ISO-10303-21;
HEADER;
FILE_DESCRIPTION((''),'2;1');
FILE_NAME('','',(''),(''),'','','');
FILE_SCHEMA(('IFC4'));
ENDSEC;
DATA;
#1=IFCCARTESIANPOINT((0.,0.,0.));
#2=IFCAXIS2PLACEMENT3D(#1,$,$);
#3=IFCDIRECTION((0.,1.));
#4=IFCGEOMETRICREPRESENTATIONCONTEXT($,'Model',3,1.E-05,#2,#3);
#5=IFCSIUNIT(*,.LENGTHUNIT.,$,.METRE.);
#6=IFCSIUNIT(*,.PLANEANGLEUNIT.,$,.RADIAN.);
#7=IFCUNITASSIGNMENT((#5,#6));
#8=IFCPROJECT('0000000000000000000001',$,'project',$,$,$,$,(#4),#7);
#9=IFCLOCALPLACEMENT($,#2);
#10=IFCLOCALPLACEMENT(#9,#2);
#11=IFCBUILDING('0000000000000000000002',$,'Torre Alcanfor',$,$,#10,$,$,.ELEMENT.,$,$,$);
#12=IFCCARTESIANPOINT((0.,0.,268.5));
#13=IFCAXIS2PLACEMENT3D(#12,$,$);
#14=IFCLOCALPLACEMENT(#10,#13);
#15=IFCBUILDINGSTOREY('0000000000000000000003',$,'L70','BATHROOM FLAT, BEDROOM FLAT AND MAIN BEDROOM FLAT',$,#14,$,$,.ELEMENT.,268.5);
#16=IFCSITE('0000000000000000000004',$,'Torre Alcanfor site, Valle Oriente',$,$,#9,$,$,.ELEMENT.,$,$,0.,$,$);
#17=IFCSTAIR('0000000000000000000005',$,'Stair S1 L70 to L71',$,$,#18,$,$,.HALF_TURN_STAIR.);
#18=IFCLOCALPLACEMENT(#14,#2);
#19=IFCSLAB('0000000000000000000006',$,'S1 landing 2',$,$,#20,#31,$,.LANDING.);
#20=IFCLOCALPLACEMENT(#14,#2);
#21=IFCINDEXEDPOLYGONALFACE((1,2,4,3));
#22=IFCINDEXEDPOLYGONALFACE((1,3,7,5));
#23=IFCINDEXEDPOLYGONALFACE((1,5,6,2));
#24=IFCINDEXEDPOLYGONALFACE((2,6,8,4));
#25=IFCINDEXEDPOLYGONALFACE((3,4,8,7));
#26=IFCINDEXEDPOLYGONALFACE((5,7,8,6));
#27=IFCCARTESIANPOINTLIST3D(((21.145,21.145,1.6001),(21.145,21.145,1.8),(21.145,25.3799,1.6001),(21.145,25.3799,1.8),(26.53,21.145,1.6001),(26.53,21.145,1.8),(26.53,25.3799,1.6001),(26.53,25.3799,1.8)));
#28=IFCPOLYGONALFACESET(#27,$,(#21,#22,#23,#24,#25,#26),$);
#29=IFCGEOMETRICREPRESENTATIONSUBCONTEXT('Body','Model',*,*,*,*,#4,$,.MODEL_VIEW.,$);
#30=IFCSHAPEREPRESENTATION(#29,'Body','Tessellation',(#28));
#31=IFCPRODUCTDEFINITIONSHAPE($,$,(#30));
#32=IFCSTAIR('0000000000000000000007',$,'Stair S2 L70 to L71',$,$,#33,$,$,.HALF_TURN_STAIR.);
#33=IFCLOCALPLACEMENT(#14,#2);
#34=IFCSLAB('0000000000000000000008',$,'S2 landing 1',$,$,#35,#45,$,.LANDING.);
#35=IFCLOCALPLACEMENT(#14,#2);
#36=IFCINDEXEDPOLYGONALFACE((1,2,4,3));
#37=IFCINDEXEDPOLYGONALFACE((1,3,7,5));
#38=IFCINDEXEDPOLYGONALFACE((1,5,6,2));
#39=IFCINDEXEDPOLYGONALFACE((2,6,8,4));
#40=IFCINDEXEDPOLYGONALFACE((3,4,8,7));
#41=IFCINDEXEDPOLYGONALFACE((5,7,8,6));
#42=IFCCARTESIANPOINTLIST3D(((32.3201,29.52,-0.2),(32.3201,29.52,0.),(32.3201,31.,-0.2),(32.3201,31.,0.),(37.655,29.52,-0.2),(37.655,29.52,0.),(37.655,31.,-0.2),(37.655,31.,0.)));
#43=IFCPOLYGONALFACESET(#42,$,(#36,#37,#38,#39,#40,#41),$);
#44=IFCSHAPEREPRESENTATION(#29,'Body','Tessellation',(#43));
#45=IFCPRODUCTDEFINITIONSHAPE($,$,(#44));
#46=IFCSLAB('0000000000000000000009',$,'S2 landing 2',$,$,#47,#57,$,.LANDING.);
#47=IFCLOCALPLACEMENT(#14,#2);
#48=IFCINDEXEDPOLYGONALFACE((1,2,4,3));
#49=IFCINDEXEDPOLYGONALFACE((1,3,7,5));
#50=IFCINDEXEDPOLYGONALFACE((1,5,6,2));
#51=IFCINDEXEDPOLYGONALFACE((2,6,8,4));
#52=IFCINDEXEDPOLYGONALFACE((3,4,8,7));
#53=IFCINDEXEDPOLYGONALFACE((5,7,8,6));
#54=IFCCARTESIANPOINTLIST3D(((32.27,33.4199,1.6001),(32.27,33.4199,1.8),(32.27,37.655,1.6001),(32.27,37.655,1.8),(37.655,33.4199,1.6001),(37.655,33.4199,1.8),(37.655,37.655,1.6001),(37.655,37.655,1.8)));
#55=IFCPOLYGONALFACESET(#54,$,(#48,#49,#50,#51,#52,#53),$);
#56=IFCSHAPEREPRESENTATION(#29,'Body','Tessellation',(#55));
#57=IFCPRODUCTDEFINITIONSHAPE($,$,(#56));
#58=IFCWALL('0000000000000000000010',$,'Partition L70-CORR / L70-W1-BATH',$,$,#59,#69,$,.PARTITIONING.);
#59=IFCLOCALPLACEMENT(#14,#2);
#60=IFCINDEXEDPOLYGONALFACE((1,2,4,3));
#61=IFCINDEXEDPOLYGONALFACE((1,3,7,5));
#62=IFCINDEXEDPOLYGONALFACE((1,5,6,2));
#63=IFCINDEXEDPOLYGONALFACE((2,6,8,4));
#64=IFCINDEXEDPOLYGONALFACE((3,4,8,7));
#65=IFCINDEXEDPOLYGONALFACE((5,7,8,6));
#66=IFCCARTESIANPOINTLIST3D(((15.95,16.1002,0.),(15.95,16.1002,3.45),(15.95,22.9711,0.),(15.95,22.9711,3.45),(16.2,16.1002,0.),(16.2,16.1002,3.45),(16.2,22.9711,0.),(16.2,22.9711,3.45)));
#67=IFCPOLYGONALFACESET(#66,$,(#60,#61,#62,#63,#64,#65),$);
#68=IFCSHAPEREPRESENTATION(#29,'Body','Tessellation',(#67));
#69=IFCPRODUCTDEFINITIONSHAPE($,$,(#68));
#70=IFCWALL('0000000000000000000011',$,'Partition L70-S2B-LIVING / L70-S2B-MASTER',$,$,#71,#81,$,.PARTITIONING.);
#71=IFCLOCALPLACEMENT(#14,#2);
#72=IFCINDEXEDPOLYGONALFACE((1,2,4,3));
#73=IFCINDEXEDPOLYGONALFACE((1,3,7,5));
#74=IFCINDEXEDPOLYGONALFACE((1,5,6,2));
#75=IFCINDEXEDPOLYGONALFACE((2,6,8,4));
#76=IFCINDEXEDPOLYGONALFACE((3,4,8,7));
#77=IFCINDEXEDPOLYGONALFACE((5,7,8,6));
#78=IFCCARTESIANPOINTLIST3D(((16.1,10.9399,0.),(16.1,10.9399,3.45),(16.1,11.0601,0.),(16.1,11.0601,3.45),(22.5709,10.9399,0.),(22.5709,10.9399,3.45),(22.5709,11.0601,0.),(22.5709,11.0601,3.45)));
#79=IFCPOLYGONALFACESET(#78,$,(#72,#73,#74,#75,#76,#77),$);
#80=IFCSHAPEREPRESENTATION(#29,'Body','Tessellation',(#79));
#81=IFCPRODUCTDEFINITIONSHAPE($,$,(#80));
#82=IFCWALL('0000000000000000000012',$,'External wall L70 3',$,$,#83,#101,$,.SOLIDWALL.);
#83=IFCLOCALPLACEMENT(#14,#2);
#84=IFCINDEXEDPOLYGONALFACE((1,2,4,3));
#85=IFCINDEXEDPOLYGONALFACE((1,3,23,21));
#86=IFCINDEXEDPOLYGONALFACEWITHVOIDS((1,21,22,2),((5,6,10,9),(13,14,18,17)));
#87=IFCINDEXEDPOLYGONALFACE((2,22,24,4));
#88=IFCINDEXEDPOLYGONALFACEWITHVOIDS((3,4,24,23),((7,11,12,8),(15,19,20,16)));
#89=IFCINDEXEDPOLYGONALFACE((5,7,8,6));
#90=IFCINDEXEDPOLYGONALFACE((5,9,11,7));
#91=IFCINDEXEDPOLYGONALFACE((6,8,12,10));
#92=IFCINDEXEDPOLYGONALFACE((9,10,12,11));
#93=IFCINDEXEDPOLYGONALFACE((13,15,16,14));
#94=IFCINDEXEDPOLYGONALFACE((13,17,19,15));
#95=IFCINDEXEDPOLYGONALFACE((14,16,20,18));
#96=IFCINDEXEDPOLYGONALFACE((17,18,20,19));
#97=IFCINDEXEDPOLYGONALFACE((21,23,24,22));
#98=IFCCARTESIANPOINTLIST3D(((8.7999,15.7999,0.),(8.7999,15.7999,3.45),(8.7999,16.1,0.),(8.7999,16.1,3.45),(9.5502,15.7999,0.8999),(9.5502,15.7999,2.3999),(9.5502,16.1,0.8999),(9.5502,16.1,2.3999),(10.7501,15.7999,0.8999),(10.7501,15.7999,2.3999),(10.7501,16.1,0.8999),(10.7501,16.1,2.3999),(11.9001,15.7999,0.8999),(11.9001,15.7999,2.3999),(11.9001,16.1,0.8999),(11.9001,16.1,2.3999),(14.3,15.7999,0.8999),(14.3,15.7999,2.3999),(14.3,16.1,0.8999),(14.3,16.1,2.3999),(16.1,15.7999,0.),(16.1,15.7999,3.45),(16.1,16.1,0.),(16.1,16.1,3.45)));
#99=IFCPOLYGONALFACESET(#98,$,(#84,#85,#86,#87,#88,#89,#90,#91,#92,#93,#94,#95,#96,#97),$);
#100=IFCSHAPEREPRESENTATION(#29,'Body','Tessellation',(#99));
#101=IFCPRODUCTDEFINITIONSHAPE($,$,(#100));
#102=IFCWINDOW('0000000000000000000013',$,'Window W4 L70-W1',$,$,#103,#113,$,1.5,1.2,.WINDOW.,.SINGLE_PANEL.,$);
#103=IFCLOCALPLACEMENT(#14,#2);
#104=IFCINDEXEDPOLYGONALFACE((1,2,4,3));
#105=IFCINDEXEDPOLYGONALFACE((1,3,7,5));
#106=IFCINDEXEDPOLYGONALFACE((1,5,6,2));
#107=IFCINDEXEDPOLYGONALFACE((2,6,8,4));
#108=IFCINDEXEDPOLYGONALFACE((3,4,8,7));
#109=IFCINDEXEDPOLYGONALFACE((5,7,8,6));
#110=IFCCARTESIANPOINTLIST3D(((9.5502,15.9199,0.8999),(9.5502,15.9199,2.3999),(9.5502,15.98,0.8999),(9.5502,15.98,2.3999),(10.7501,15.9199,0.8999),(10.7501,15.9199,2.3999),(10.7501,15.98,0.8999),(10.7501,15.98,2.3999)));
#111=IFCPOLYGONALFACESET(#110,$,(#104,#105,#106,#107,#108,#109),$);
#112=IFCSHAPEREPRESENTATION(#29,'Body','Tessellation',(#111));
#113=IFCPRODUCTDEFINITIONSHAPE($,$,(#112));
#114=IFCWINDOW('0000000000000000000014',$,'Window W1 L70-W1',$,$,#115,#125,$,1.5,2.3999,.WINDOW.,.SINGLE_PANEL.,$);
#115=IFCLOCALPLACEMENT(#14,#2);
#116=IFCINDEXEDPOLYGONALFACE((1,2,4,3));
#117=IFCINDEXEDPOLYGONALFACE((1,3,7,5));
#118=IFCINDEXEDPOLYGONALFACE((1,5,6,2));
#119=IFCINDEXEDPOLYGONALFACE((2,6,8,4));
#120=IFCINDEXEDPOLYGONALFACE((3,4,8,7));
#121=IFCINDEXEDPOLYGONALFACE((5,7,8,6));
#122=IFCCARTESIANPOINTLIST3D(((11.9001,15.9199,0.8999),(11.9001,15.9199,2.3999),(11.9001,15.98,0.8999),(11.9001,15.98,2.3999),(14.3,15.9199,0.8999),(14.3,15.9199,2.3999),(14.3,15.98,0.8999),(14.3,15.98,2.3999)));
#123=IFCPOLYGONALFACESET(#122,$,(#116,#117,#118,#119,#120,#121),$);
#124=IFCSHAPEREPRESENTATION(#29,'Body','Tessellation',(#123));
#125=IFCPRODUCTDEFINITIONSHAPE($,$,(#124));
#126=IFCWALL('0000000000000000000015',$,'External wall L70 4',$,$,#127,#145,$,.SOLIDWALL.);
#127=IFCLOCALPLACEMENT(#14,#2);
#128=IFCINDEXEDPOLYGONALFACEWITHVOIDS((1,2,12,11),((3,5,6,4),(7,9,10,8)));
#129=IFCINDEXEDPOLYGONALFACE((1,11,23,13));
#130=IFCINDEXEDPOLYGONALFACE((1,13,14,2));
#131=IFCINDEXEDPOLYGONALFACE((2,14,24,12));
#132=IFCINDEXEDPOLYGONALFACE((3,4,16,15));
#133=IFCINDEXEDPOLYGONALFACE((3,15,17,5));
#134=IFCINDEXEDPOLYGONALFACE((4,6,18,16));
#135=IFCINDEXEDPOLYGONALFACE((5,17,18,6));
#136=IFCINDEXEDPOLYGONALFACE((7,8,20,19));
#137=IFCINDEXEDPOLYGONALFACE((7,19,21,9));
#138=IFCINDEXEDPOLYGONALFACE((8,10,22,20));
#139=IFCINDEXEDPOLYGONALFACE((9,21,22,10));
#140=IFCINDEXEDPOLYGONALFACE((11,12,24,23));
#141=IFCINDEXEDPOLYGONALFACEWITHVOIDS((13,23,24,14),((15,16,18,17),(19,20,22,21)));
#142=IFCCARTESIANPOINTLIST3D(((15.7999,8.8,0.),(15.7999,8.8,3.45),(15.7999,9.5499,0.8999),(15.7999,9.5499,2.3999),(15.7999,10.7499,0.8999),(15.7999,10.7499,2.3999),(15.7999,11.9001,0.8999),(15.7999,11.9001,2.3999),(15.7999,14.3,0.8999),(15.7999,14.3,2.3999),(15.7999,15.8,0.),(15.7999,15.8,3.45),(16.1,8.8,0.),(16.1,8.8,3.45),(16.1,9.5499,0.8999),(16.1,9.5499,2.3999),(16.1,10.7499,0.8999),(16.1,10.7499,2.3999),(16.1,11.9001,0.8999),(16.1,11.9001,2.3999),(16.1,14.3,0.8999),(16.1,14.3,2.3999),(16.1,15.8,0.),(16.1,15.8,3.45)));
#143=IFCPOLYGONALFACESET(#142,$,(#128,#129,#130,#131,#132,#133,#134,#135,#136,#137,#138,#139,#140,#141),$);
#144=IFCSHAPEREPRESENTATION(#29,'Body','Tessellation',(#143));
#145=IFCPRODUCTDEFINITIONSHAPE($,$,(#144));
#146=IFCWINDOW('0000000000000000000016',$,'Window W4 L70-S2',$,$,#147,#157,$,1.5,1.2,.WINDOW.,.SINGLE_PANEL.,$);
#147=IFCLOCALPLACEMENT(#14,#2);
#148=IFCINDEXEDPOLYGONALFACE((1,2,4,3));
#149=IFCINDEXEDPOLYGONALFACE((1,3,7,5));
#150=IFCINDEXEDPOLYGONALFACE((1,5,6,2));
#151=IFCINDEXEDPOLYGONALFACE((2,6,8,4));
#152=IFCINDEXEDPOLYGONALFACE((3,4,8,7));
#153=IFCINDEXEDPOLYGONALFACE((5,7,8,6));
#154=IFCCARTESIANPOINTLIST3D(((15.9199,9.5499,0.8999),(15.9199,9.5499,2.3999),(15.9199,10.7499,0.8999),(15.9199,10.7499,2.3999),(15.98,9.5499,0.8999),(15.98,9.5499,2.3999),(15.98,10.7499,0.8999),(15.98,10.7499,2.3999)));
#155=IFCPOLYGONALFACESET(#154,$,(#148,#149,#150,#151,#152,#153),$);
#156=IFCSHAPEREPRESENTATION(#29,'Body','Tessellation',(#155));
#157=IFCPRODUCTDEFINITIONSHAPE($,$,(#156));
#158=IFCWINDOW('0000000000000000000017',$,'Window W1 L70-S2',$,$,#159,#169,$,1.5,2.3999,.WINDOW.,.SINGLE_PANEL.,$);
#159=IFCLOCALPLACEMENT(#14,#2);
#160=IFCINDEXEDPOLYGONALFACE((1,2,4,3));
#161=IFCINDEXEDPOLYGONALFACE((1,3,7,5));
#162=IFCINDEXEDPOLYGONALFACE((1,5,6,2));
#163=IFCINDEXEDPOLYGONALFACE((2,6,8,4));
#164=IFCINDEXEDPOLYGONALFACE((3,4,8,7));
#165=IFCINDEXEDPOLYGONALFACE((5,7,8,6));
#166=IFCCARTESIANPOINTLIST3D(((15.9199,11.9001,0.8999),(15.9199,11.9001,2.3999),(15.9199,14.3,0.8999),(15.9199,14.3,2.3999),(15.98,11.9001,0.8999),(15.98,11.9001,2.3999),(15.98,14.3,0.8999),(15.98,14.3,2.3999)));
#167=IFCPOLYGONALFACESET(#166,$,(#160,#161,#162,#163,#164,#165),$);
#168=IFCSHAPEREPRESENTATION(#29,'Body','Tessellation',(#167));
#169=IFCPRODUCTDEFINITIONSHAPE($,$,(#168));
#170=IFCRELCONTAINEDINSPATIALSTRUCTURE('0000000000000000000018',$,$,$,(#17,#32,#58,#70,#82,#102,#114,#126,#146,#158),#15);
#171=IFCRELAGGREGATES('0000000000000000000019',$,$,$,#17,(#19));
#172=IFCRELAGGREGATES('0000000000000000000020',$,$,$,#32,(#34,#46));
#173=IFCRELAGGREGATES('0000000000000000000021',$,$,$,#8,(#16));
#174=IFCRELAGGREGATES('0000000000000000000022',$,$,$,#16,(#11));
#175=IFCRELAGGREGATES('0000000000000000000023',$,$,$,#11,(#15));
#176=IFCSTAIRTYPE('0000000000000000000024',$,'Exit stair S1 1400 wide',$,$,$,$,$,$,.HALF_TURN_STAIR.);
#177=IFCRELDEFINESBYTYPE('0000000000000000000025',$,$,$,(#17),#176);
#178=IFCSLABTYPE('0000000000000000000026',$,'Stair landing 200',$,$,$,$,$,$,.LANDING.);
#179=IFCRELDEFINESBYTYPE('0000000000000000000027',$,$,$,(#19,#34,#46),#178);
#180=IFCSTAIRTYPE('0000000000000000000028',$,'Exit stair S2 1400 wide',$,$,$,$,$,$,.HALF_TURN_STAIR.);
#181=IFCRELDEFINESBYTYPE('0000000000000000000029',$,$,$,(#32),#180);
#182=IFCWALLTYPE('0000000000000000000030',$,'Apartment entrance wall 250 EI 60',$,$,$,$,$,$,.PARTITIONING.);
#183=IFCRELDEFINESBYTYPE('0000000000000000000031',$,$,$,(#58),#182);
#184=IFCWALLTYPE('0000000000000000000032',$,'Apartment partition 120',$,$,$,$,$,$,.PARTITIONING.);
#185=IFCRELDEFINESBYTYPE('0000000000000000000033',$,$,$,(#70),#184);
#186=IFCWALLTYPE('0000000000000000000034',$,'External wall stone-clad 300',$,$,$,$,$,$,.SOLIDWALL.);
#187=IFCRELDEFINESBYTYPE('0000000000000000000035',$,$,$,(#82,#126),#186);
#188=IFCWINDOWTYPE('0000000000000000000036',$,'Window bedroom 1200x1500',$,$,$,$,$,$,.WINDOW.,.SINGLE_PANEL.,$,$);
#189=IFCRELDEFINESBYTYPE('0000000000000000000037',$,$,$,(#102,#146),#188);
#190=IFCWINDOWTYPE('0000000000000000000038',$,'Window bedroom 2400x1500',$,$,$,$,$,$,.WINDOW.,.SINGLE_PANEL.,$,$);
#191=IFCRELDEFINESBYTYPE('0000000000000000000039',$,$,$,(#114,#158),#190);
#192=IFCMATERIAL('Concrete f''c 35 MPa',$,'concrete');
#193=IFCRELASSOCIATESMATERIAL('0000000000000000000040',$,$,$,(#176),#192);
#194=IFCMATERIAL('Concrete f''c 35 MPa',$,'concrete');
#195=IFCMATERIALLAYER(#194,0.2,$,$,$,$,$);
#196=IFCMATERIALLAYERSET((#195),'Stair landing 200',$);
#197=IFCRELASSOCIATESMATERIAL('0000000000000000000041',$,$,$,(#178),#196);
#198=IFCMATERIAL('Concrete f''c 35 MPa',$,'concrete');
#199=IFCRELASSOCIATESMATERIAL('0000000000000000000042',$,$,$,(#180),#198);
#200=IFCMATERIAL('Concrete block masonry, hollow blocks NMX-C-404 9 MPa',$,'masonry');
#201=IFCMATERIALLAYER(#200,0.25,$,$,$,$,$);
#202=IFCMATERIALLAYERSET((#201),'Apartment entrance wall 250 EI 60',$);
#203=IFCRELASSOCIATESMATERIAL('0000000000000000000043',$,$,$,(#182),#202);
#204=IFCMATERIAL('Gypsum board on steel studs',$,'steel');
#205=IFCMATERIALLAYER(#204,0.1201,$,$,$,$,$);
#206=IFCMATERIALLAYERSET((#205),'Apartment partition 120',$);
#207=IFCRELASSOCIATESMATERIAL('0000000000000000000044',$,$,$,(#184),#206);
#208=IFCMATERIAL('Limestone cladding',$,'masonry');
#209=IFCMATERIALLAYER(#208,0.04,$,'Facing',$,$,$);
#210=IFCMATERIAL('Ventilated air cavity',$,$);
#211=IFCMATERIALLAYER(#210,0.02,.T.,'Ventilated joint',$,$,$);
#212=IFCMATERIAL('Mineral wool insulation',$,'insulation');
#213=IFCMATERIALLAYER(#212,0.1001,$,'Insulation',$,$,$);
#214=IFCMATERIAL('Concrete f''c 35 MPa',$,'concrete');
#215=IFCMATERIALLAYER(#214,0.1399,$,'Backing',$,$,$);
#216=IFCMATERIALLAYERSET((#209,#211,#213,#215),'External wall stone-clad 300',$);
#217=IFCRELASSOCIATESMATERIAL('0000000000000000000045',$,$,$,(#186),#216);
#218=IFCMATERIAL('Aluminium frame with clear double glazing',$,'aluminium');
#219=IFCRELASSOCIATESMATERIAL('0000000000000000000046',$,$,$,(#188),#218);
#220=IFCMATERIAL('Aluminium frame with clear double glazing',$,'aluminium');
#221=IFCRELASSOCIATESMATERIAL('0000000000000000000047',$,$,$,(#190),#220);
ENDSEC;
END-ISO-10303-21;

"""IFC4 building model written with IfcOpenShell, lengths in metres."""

from ifc_helpers import new_model, si_unit, direction, frame, frame_2d, origin, place, context, subcontext, project, spatial, polyline, rectangle, outline, extrude, material, layer, layer_set, type_object, element, fill, aggregate, save


model = new_model("IFC4")

# Units and contexts
model_context = context("Model", 3, precision=1e-05, world=origin(), true_north=direction((0.0, 1.0)))
body_context = subcontext(model_context, "Body", "Model", "MODEL_VIEW")
ifc_project = project(units=[si_unit("LENGTHUNIT", "METRE"), si_unit("PLANEANGLEUNIT", "RADIAN")], contexts=[model_context])

# Site, building, storey
site_placement = place(None, origin())
site = spatial("IfcSite", under=ifc_project, at=site_placement, Name="Torre Alcanfor site, Valle Oriente", CompositionType="ELEMENT", RefElevation=0.0)
building_placement = place(site_placement, origin())
building = spatial("IfcBuilding", under=site, at=building_placement, Name="Torre Alcanfor", CompositionType="ELEMENT")
storey_placement = place(building_placement, frame((0.0, 0.0, 268.5)))
storey = spatial("IfcBuildingStorey", under=building, at=storey_placement, Name="L70", Description="BATHROOM FLAT, BEDROOM FLAT AND MAIN BEDROOM FLAT", CompositionType="ELEMENT", Elevation=268.5)

# Stairs, slabs
ifc_material_1 = material(Name="Concrete f'c 35 MPa", Category="concrete")
stair_type_1 = type_object("IfcStairType", Name="Exit stair S1 1400 wide", PredefinedType="HALF_TURN_STAIR", material=ifc_material_1)
stair_1_placement = place(storey_placement, origin())
stair_1 = element("IfcStair", 1, at=stair_1_placement, inside=storey, type_object=stair_type_1, Name="Stair S1 L70 to L71", PredefinedType="HALF_TURN_STAIR")
ifc_material_2 = material(Name="Concrete f'c 35 MPa", Category="concrete")
ifc_layer_1 = layer(ifc_material_2, 0.2)
ifc_layer_set_1 = layer_set([ifc_layer_1], Name="Stair landing 200")
slab_type_1 = type_object("IfcSlabType", Name="Stair landing 200", PredefinedType="LANDING", material=ifc_layer_set_1)
slab_1_placement = place(storey_placement, frame((0.0, 0.0, 1.6001)))
slab_1 = element("IfcSlab", 2, at=slab_1_placement, type_object=slab_type_1, Name="S1 landing 2", PredefinedType="LANDING", context=body_context, shape_type="SweptSolid", body=[
    extrude(outline(polyline([(21.145, 21.145), (26.53, 21.145), (26.53, 25.3799), (21.145, 25.3799), (21.145, 21.145)])), origin(), (0.0, 0.0, 1.0), 0.2),
])
aggregate(stair_1, [slab_1])
ifc_material_3 = material(Name="Concrete f'c 35 MPa", Category="concrete")
stair_type_2 = type_object("IfcStairType", Name="Exit stair S2 1400 wide", PredefinedType="HALF_TURN_STAIR", material=ifc_material_3)
stair_2_placement = place(storey_placement, origin())
stair_2 = element("IfcStair", 3, at=stair_2_placement, inside=storey, type_object=stair_type_2, Name="Stair S2 L70 to L71", PredefinedType="HALF_TURN_STAIR")
slab_2_placement = place(storey_placement, frame((0.0, 0.0, -0.2)))
slab_2 = element("IfcSlab", 4, at=slab_2_placement, type_object=slab_type_1, Name="S2 landing 1", PredefinedType="LANDING", context=body_context, shape_type="SweptSolid", body=[
    extrude(outline(polyline([(32.3201, 29.52), (37.655, 29.52), (37.655, 31.0), (32.3201, 31.0), (32.3201, 29.52)])), origin(), (0.0, 0.0, 1.0), 0.2),
])
slab_3_placement = place(storey_placement, frame((0.0, 0.0, 1.6001)))
slab_3 = element("IfcSlab", 5, at=slab_3_placement, type_object=slab_type_1, Name="S2 landing 2", PredefinedType="LANDING", context=body_context, shape_type="SweptSolid", body=[
    extrude(outline(polyline([(32.27, 33.4199), (37.655, 33.4199), (37.655, 37.655), (32.27, 37.655), (32.27, 33.4199)])), origin(), (0.0, 0.0, 1.0), 0.2),
])
aggregate(stair_2, [slab_2, slab_3])

# Walls
ifc_material_4 = material(Name="Concrete block masonry, hollow blocks NMX-C-404 9 MPa", Category="masonry")
ifc_layer_2 = layer(ifc_material_4, 0.25)
ifc_layer_set_2 = layer_set([ifc_layer_2], Name="Apartment entrance wall 250 EI 60")
wall_type_1 = type_object("IfcWallType", Name="Apartment entrance wall 250 EI 60", PredefinedType="PARTITIONING", material=ifc_layer_set_2)
wall_1_placement = place(storey_placement, frame((16.075, 16.1001, 0.0), z_axis=(0.0, 0.0, 1.0), x_axis=(0.0, 1.0, 0.0)))
element("IfcWall", 6, at=wall_1_placement, inside=storey, type_object=wall_type_1, Name="Partition L70-CORR / L70-W1-BATH", PredefinedType="PARTITIONING", context=body_context, shape_type="SweptSolid", body=[
    extrude(rectangle(XDim=6.8708, YDim=0.25, at=frame_2d((3.4355, 0.0))), origin(), (0.0, 0.0, 1.0), 3.45),
])
ifc_material_5 = material(Name="Gypsum board on steel studs", Category="steel")
ifc_layer_3 = layer(ifc_material_5, 0.1201)
ifc_layer_set_3 = layer_set([ifc_layer_3], Name="Apartment partition 120")
wall_type_2 = type_object("IfcWallType", Name="Apartment partition 120", PredefinedType="PARTITIONING", material=ifc_layer_set_3)
wall_2_placement = place(storey_placement, frame((16.1001, 11.0, 0.0), z_axis=(0.0, 0.0, 1.0), x_axis=(1.0, 0.0, 0.0)))
element("IfcWall", 7, at=wall_2_placement, inside=storey, type_object=wall_type_2, Name="Partition L70-S2B-LIVING / L70-S2B-MASTER", PredefinedType="PARTITIONING", context=body_context, shape_type="SweptSolid", body=[
    extrude(rectangle(XDim=6.4709, YDim=0.1201, at=frame_2d((3.2354, 0.0))), origin(), (0.0, 0.0, 1.0), 3.45),
])

# Walls, openings, windows
ifc_material_6 = material(Name="Limestone cladding", Category="masonry")
ifc_layer_4 = layer(ifc_material_6, 0.04, Name="Facing")
ifc_material_7 = material(Name="Ventilated air cavity")
ifc_layer_5 = layer(ifc_material_7, 0.02, ventilated=True, Name="Ventilated joint")
ifc_material_8 = material(Name="Mineral wool insulation", Category="insulation")
ifc_layer_6 = layer(ifc_material_8, 0.1001, Name="Insulation")
ifc_material_9 = material(Name="Concrete f'c 35 MPa", Category="concrete")
ifc_layer_7 = layer(ifc_material_9, 0.1399, Name="Backing")
ifc_layer_set_4 = layer_set([ifc_layer_4, ifc_layer_5, ifc_layer_6, ifc_layer_7], Name="External wall stone-clad 300")
wall_type_3 = type_object("IfcWallType", Name="External wall stone-clad 300", PredefinedType="SOLIDWALL", material=ifc_layer_set_4)
wall_3_placement = place(storey_placement, frame((8.8, 15.95, 0.0), z_axis=(0.0, 0.0, 1.0), x_axis=(1.0, 0.0, 0.0)))
wall_3 = element("IfcWall", 8, at=wall_3_placement, inside=storey, type_object=wall_type_3, Name="External wall L70 3", PredefinedType="SOLIDWALL", context=body_context, shape_type="SweptSolid", body=[
    extrude(rectangle(XDim=7.3, YDim=0.3, at=frame_2d((3.6499, 0.0))), origin(), (0.0, 0.0, 1.0), 3.45),
])
opening_1_placement = place(wall_3_placement, frame((3.1001, 0.0, 0.8999)))
opening_1 = element("IfcOpeningElement", 9, at=opening_1_placement, cuts=wall_3, PredefinedType="OPENING", context=body_context, shape_type="SweptSolid", body=[
    extrude(rectangle(XDim=2.3999, YDim=1.5, at=frame_2d((1.2, 0.75))), frame((0.0, 0.1599, 0.0), z_axis=(0.0, -1.0, 0.0), x_axis=(1.0, 0.0, 0.0)), (0.0, 0.0, 1.0), 0.3201),
])
opening_2_placement = place(wall_3_placement, frame((0.75, 0.0, 0.8999)))
opening_2 = element("IfcOpeningElement", 10, at=opening_2_placement, cuts=wall_3, PredefinedType="OPENING", context=body_context, shape_type="SweptSolid", body=[
    extrude(rectangle(XDim=1.2, YDim=1.5, at=frame_2d((0.6001, 0.75))), frame((0.0, 0.1599, 0.0), z_axis=(0.0, -1.0, 0.0), x_axis=(1.0, 0.0, 0.0)), (0.0, 0.0, 1.0), 0.3201),
])
ifc_material_10 = material(Name="Aluminium frame with clear double glazing", Category="aluminium")
window_type_1 = type_object("IfcWindowType", Name="Window bedroom 1200x1500", PartitioningType="SINGLE_PANEL", PredefinedType="WINDOW", material=ifc_material_10)
window_1_placement = place(opening_2_placement, origin())
window_1 = element("IfcWindow", 11, at=window_1_placement, inside=storey, type_object=window_type_1, Name="Window W4 L70-W1", OverallHeight=1.5, OverallWidth=1.2, PartitioningType="SINGLE_PANEL", PredefinedType="WINDOW", context=body_context, shape_type="SweptSolid", body=[
    extrude(rectangle(XDim=1.2, YDim=1.5, at=frame_2d((0.6001, 0.75))), frame((0.0, 0.03, 0.0), z_axis=(0.0, -1.0, 0.0), x_axis=(1.0, 0.0, 0.0)), (0.0, 0.0, 1.0), 0.0601),
])
fill(opening_2, window_1)
ifc_material_11 = material(Name="Aluminium frame with clear double glazing", Category="aluminium")
window_type_2 = type_object("IfcWindowType", Name="Window bedroom 2400x1500", PartitioningType="SINGLE_PANEL", PredefinedType="WINDOW", material=ifc_material_11)
window_2_placement = place(opening_1_placement, origin())
window_2 = element("IfcWindow", 12, at=window_2_placement, inside=storey, type_object=window_type_2, Name="Window W1 L70-W1", OverallHeight=1.5, OverallWidth=2.3999, PartitioningType="SINGLE_PANEL", PredefinedType="WINDOW", context=body_context, shape_type="SweptSolid", body=[
    extrude(rectangle(XDim=2.3999, YDim=1.5, at=frame_2d((1.2, 0.75))), frame((0.0, 0.03, 0.0), z_axis=(0.0, -1.0, 0.0), x_axis=(1.0, 0.0, 0.0)), (0.0, 0.0, 1.0), 0.0601),
])
fill(opening_1, window_2)
wall_4_placement = place(storey_placement, frame((15.95, 15.8, 0.0), z_axis=(0.0, 0.0, 1.0), x_axis=(0.0, -1.0, 0.0)))
wall_4 = element("IfcWall", 13, at=wall_4_placement, inside=storey, type_object=wall_type_3, Name="External wall L70 4", PredefinedType="SOLIDWALL", context=body_context, shape_type="SweptSolid", body=[
    extrude(rectangle(XDim=7.0, YDim=0.3, at=frame_2d((3.5, 0.0))), origin(), (0.0, 0.0, 1.0), 3.45),
])
opening_3_placement = place(wall_4_placement, frame((1.5, 0.0, 0.8999)))
opening_3 = element("IfcOpeningElement", 14, at=opening_3_placement, cuts=wall_4, PredefinedType="OPENING", context=body_context, shape_type="SweptSolid", body=[
    extrude(rectangle(XDim=2.3999, YDim=1.5, at=frame_2d((1.2, 0.75))), frame((0.0, 0.1599, 0.0), z_axis=(0.0, -1.0, 0.0), x_axis=(1.0, 0.0, 0.0)), (0.0, 0.0, 1.0), 0.3201),
])
opening_4_placement = place(wall_4_placement, frame((5.05, 0.0, 0.8999)))
opening_4 = element("IfcOpeningElement", 15, at=opening_4_placement, cuts=wall_4, PredefinedType="OPENING", context=body_context, shape_type="SweptSolid", body=[
    extrude(rectangle(XDim=1.2, YDim=1.5, at=frame_2d((0.6001, 0.75))), frame((0.0, 0.1599, 0.0), z_axis=(0.0, -1.0, 0.0), x_axis=(1.0, 0.0, 0.0)), (0.0, 0.0, 1.0), 0.3201),
])
window_3_placement = place(opening_4_placement, origin())
window_3 = element("IfcWindow", 16, at=window_3_placement, inside=storey, type_object=window_type_1, Name="Window W4 L70-S2", OverallHeight=1.5, OverallWidth=1.2, PartitioningType="SINGLE_PANEL", PredefinedType="WINDOW", context=body_context, shape_type="SweptSolid", body=[
    extrude(rectangle(XDim=1.2, YDim=1.5, at=frame_2d((0.6001, 0.75))), frame((0.0, 0.03, 0.0), z_axis=(0.0, -1.0, 0.0), x_axis=(1.0, 0.0, 0.0)), (0.0, 0.0, 1.0), 0.0601),
])
fill(opening_4, window_3)
window_4_placement = place(opening_3_placement, origin())
window_4 = element("IfcWindow", 17, at=window_4_placement, inside=storey, type_object=window_type_2, Name="Window W1 L70-S2", OverallHeight=1.5, OverallWidth=2.3999, PartitioningType="SINGLE_PANEL", PredefinedType="WINDOW", context=body_context, shape_type="SweptSolid", body=[
    extrude(rectangle(XDim=2.3999, YDim=1.5, at=frame_2d((1.2, 0.75))), frame((0.0, 0.03, 0.0), z_axis=(0.0, -1.0, 0.0), x_axis=(1.0, 0.0, 0.0)), (0.0, 0.0, 1.0), 0.0601),
])
fill(opening_3, window_4)

save(model, "model.ifc")
